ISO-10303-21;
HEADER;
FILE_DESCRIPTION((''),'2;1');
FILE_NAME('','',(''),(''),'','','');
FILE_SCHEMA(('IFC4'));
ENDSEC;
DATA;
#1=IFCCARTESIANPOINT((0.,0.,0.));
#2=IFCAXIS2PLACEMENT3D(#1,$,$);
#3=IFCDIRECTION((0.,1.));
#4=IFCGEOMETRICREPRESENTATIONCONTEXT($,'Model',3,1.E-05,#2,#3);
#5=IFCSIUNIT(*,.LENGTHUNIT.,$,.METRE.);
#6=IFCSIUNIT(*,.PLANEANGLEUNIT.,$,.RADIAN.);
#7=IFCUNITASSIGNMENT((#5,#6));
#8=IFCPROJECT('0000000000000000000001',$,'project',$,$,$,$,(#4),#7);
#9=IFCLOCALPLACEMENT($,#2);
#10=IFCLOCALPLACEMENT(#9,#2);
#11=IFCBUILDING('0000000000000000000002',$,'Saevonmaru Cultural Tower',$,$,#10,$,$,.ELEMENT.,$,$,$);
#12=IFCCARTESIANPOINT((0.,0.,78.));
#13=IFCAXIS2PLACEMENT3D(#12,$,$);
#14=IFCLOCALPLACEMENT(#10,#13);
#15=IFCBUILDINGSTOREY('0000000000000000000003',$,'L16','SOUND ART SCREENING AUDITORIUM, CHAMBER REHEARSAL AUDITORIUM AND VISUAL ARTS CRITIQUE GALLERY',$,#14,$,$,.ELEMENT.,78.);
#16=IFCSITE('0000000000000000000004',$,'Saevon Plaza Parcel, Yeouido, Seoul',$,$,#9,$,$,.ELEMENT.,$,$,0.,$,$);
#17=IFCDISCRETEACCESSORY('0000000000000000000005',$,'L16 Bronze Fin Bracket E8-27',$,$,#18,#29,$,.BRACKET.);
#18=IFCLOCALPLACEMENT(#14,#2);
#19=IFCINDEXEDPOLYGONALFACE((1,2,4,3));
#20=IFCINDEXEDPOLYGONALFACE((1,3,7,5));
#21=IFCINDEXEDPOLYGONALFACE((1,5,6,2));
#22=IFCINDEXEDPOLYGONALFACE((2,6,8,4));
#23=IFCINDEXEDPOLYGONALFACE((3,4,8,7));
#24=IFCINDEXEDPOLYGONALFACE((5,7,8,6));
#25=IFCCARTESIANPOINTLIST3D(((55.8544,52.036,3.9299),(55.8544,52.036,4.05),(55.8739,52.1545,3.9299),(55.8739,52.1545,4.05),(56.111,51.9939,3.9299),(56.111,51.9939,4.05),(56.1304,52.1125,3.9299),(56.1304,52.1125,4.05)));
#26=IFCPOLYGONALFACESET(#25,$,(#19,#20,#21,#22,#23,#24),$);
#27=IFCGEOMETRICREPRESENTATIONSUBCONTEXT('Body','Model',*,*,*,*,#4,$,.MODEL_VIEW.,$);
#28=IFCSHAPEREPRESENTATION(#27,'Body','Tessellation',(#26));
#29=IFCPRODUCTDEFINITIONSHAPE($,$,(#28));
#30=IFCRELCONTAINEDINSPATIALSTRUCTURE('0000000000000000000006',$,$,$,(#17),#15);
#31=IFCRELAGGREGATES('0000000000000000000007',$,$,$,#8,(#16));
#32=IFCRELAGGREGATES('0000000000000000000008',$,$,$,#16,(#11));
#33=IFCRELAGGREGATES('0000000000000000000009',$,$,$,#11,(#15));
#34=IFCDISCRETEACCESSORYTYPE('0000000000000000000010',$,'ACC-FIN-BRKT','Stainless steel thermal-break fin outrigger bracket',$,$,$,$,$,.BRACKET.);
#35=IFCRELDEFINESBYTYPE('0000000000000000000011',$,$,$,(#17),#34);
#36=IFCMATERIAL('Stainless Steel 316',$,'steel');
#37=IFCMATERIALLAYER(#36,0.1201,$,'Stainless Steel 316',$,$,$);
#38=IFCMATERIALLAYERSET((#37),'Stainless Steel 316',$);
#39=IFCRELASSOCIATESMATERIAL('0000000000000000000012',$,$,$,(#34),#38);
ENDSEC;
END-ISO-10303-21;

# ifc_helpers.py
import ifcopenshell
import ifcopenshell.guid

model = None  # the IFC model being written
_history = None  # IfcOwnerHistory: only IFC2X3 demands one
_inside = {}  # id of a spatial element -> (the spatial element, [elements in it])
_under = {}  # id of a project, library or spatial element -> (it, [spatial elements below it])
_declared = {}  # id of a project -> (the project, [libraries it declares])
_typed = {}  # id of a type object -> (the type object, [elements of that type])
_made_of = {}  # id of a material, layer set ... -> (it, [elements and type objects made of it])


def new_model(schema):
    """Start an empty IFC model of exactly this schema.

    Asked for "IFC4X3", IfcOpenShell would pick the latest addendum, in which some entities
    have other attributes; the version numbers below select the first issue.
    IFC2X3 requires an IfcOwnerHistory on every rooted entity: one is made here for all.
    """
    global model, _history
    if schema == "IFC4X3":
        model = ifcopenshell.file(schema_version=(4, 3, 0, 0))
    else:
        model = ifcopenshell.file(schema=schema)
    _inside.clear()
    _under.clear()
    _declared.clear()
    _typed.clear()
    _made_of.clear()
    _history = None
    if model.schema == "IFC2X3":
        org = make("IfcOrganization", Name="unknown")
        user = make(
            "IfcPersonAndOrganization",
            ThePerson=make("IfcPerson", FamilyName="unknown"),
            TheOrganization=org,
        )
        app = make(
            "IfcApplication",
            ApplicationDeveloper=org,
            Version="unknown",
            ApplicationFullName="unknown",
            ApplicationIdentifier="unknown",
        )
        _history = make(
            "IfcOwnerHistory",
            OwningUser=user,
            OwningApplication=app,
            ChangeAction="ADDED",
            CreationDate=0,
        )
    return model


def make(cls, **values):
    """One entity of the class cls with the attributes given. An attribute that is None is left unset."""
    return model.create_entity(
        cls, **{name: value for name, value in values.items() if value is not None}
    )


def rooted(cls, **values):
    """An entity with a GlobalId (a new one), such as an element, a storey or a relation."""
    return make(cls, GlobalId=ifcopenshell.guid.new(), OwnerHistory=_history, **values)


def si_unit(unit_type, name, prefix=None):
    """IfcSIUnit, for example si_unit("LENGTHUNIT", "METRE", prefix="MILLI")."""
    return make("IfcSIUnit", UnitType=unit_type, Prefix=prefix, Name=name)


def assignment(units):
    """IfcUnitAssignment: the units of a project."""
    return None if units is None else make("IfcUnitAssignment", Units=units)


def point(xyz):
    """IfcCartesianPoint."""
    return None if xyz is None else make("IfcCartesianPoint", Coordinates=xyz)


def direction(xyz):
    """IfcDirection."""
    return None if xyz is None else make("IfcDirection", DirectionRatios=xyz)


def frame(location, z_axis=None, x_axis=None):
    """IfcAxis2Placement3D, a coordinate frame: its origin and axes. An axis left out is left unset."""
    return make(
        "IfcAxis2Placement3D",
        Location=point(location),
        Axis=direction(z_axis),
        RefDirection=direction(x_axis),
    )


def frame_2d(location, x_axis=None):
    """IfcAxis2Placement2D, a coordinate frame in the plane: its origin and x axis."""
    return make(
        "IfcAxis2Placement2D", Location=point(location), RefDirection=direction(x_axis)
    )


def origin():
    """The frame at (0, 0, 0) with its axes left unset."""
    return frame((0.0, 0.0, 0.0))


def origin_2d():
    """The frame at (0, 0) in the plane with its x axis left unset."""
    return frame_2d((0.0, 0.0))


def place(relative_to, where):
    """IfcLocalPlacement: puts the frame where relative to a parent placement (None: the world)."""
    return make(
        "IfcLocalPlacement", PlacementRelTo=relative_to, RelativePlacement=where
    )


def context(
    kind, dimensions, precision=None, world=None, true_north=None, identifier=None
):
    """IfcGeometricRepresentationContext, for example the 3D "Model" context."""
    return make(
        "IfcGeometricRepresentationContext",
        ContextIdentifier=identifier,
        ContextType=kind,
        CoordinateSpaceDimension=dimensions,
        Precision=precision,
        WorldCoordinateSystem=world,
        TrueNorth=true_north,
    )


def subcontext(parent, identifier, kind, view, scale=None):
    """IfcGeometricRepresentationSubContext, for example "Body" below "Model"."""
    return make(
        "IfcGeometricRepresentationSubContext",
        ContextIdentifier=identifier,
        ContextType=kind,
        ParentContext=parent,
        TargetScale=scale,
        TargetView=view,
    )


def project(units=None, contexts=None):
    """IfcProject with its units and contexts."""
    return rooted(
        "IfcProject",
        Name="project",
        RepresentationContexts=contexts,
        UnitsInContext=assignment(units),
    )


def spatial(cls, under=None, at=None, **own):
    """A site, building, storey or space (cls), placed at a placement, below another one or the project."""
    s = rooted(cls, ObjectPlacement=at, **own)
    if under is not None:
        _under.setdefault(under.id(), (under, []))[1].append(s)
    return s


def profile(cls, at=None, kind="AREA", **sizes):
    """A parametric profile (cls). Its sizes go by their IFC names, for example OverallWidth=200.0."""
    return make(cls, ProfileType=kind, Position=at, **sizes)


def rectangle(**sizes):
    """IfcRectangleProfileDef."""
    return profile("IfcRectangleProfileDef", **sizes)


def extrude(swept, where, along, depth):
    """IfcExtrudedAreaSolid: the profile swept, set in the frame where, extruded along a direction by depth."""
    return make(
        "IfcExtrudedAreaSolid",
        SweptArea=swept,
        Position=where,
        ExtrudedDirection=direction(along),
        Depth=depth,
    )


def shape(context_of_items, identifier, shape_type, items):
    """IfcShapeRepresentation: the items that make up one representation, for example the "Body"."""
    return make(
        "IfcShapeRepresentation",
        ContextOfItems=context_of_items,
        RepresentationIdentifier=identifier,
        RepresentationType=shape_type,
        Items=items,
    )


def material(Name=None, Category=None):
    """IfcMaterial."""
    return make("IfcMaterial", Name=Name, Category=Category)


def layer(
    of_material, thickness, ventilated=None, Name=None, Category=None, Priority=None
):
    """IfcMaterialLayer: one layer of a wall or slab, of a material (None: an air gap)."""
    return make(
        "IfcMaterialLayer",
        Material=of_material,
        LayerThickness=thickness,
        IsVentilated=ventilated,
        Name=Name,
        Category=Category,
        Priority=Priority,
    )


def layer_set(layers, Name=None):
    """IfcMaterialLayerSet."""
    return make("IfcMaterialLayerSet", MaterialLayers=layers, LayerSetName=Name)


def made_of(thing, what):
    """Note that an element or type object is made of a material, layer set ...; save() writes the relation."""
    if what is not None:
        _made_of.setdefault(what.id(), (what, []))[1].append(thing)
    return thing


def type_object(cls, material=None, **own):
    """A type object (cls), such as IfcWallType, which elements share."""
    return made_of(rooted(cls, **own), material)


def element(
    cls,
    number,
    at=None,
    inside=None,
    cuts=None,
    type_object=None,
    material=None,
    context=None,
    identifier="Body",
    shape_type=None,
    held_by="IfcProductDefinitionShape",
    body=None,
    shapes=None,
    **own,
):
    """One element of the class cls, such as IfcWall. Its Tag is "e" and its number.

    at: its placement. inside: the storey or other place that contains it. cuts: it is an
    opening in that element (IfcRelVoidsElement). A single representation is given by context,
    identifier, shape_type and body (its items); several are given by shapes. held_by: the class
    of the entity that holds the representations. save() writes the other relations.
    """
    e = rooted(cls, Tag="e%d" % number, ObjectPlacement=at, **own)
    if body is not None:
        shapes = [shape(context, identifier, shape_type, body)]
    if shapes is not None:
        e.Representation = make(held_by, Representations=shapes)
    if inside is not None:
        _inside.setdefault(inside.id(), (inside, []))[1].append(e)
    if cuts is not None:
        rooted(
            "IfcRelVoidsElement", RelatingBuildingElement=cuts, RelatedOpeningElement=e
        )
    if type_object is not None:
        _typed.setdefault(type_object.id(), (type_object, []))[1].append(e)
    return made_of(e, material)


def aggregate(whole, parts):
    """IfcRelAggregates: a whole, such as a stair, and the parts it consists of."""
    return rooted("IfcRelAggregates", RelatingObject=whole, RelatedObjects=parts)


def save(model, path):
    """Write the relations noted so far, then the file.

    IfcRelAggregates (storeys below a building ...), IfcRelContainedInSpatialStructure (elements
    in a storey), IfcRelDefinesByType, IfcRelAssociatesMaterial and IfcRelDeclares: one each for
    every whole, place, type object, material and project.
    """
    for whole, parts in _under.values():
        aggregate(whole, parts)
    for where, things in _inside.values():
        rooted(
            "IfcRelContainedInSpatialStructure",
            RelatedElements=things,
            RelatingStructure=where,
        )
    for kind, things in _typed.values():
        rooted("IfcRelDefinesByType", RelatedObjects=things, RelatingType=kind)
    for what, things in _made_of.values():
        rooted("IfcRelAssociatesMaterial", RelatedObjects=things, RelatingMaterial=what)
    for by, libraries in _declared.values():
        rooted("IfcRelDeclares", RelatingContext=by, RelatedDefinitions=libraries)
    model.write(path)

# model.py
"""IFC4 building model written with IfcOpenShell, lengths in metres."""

from ifc_helpers import new_model, si_unit, direction, frame, origin, origin_2d, place, context, subcontext, project, spatial, rectangle, extrude, material, layer, layer_set, type_object, element, save


model = new_model("IFC4")

# Units and contexts
model_context = context("Model", 3, precision=1e-05, world=origin(), true_north=direction((0.0, 1.0)))
body_context = subcontext(model_context, "Body", "Model", "MODEL_VIEW")
ifc_project = project(units=[si_unit("LENGTHUNIT", "METRE"), si_unit("PLANEANGLEUNIT", "RADIAN")], contexts=[model_context])

# Site, building, storey
site_placement = place(None, origin())
site = spatial("IfcSite", under=ifc_project, at=site_placement, Name="Saevon Plaza Parcel, Yeouido, Seoul", CompositionType="ELEMENT", RefElevation=0.0)
building_placement = place(site_placement, origin())
building = spatial("IfcBuilding", under=site, at=building_placement, Name="Saevonmaru Cultural Tower", CompositionType="ELEMENT")
storey_placement = place(building_placement, frame((0.0, 0.0, 78.0)))
storey = spatial("IfcBuildingStorey", under=building, at=storey_placement, Name="L16", Description="SOUND ART SCREENING AUDITORIUM, CHAMBER REHEARSAL AUDITORIUM AND VISUAL ARTS CRITIQUE GALLERY", CompositionType="ELEMENT", Elevation=78.0)

# Discrete accessory
ifc_material_1 = material(Name="Stainless Steel 316", Category="steel")
ifc_layer_1 = layer(ifc_material_1, 0.1201, Name="Stainless Steel 316")
ifc_layer_set_1 = layer_set([ifc_layer_1], Name="Stainless Steel 316")
discrete_accessory_type = type_object("IfcDiscreteAccessoryType", Name="ACC-FIN-BRKT", Description="Stainless steel thermal-break fin outrigger bracket", PredefinedType="BRACKET", material=ifc_layer_set_1)
for number, where, z_axis, x_axis, name in (
    (1, (55.9924, 52.0742, 3.9299), (0.0, 0.0, 1.0), (0.986827, -0.161776, 0.0), "L16 Bronze Fin Bracket E8-27"),
):
    element("IfcDiscreteAccessory", number, at=place(storey_placement, frame(where, z_axis=z_axis, x_axis=x_axis)), inside=storey, type_object=discrete_accessory_type, Name=name, PredefinedType="BRACKET", context=body_context, shape_type="SweptSolid", body=[
        extrude(rectangle(XDim=0.26, YDim=0.1201, at=origin_2d()), origin(), (0.0, 0.0, 1.0), 0.1201),
    ])

save(model, "model.ifc")
